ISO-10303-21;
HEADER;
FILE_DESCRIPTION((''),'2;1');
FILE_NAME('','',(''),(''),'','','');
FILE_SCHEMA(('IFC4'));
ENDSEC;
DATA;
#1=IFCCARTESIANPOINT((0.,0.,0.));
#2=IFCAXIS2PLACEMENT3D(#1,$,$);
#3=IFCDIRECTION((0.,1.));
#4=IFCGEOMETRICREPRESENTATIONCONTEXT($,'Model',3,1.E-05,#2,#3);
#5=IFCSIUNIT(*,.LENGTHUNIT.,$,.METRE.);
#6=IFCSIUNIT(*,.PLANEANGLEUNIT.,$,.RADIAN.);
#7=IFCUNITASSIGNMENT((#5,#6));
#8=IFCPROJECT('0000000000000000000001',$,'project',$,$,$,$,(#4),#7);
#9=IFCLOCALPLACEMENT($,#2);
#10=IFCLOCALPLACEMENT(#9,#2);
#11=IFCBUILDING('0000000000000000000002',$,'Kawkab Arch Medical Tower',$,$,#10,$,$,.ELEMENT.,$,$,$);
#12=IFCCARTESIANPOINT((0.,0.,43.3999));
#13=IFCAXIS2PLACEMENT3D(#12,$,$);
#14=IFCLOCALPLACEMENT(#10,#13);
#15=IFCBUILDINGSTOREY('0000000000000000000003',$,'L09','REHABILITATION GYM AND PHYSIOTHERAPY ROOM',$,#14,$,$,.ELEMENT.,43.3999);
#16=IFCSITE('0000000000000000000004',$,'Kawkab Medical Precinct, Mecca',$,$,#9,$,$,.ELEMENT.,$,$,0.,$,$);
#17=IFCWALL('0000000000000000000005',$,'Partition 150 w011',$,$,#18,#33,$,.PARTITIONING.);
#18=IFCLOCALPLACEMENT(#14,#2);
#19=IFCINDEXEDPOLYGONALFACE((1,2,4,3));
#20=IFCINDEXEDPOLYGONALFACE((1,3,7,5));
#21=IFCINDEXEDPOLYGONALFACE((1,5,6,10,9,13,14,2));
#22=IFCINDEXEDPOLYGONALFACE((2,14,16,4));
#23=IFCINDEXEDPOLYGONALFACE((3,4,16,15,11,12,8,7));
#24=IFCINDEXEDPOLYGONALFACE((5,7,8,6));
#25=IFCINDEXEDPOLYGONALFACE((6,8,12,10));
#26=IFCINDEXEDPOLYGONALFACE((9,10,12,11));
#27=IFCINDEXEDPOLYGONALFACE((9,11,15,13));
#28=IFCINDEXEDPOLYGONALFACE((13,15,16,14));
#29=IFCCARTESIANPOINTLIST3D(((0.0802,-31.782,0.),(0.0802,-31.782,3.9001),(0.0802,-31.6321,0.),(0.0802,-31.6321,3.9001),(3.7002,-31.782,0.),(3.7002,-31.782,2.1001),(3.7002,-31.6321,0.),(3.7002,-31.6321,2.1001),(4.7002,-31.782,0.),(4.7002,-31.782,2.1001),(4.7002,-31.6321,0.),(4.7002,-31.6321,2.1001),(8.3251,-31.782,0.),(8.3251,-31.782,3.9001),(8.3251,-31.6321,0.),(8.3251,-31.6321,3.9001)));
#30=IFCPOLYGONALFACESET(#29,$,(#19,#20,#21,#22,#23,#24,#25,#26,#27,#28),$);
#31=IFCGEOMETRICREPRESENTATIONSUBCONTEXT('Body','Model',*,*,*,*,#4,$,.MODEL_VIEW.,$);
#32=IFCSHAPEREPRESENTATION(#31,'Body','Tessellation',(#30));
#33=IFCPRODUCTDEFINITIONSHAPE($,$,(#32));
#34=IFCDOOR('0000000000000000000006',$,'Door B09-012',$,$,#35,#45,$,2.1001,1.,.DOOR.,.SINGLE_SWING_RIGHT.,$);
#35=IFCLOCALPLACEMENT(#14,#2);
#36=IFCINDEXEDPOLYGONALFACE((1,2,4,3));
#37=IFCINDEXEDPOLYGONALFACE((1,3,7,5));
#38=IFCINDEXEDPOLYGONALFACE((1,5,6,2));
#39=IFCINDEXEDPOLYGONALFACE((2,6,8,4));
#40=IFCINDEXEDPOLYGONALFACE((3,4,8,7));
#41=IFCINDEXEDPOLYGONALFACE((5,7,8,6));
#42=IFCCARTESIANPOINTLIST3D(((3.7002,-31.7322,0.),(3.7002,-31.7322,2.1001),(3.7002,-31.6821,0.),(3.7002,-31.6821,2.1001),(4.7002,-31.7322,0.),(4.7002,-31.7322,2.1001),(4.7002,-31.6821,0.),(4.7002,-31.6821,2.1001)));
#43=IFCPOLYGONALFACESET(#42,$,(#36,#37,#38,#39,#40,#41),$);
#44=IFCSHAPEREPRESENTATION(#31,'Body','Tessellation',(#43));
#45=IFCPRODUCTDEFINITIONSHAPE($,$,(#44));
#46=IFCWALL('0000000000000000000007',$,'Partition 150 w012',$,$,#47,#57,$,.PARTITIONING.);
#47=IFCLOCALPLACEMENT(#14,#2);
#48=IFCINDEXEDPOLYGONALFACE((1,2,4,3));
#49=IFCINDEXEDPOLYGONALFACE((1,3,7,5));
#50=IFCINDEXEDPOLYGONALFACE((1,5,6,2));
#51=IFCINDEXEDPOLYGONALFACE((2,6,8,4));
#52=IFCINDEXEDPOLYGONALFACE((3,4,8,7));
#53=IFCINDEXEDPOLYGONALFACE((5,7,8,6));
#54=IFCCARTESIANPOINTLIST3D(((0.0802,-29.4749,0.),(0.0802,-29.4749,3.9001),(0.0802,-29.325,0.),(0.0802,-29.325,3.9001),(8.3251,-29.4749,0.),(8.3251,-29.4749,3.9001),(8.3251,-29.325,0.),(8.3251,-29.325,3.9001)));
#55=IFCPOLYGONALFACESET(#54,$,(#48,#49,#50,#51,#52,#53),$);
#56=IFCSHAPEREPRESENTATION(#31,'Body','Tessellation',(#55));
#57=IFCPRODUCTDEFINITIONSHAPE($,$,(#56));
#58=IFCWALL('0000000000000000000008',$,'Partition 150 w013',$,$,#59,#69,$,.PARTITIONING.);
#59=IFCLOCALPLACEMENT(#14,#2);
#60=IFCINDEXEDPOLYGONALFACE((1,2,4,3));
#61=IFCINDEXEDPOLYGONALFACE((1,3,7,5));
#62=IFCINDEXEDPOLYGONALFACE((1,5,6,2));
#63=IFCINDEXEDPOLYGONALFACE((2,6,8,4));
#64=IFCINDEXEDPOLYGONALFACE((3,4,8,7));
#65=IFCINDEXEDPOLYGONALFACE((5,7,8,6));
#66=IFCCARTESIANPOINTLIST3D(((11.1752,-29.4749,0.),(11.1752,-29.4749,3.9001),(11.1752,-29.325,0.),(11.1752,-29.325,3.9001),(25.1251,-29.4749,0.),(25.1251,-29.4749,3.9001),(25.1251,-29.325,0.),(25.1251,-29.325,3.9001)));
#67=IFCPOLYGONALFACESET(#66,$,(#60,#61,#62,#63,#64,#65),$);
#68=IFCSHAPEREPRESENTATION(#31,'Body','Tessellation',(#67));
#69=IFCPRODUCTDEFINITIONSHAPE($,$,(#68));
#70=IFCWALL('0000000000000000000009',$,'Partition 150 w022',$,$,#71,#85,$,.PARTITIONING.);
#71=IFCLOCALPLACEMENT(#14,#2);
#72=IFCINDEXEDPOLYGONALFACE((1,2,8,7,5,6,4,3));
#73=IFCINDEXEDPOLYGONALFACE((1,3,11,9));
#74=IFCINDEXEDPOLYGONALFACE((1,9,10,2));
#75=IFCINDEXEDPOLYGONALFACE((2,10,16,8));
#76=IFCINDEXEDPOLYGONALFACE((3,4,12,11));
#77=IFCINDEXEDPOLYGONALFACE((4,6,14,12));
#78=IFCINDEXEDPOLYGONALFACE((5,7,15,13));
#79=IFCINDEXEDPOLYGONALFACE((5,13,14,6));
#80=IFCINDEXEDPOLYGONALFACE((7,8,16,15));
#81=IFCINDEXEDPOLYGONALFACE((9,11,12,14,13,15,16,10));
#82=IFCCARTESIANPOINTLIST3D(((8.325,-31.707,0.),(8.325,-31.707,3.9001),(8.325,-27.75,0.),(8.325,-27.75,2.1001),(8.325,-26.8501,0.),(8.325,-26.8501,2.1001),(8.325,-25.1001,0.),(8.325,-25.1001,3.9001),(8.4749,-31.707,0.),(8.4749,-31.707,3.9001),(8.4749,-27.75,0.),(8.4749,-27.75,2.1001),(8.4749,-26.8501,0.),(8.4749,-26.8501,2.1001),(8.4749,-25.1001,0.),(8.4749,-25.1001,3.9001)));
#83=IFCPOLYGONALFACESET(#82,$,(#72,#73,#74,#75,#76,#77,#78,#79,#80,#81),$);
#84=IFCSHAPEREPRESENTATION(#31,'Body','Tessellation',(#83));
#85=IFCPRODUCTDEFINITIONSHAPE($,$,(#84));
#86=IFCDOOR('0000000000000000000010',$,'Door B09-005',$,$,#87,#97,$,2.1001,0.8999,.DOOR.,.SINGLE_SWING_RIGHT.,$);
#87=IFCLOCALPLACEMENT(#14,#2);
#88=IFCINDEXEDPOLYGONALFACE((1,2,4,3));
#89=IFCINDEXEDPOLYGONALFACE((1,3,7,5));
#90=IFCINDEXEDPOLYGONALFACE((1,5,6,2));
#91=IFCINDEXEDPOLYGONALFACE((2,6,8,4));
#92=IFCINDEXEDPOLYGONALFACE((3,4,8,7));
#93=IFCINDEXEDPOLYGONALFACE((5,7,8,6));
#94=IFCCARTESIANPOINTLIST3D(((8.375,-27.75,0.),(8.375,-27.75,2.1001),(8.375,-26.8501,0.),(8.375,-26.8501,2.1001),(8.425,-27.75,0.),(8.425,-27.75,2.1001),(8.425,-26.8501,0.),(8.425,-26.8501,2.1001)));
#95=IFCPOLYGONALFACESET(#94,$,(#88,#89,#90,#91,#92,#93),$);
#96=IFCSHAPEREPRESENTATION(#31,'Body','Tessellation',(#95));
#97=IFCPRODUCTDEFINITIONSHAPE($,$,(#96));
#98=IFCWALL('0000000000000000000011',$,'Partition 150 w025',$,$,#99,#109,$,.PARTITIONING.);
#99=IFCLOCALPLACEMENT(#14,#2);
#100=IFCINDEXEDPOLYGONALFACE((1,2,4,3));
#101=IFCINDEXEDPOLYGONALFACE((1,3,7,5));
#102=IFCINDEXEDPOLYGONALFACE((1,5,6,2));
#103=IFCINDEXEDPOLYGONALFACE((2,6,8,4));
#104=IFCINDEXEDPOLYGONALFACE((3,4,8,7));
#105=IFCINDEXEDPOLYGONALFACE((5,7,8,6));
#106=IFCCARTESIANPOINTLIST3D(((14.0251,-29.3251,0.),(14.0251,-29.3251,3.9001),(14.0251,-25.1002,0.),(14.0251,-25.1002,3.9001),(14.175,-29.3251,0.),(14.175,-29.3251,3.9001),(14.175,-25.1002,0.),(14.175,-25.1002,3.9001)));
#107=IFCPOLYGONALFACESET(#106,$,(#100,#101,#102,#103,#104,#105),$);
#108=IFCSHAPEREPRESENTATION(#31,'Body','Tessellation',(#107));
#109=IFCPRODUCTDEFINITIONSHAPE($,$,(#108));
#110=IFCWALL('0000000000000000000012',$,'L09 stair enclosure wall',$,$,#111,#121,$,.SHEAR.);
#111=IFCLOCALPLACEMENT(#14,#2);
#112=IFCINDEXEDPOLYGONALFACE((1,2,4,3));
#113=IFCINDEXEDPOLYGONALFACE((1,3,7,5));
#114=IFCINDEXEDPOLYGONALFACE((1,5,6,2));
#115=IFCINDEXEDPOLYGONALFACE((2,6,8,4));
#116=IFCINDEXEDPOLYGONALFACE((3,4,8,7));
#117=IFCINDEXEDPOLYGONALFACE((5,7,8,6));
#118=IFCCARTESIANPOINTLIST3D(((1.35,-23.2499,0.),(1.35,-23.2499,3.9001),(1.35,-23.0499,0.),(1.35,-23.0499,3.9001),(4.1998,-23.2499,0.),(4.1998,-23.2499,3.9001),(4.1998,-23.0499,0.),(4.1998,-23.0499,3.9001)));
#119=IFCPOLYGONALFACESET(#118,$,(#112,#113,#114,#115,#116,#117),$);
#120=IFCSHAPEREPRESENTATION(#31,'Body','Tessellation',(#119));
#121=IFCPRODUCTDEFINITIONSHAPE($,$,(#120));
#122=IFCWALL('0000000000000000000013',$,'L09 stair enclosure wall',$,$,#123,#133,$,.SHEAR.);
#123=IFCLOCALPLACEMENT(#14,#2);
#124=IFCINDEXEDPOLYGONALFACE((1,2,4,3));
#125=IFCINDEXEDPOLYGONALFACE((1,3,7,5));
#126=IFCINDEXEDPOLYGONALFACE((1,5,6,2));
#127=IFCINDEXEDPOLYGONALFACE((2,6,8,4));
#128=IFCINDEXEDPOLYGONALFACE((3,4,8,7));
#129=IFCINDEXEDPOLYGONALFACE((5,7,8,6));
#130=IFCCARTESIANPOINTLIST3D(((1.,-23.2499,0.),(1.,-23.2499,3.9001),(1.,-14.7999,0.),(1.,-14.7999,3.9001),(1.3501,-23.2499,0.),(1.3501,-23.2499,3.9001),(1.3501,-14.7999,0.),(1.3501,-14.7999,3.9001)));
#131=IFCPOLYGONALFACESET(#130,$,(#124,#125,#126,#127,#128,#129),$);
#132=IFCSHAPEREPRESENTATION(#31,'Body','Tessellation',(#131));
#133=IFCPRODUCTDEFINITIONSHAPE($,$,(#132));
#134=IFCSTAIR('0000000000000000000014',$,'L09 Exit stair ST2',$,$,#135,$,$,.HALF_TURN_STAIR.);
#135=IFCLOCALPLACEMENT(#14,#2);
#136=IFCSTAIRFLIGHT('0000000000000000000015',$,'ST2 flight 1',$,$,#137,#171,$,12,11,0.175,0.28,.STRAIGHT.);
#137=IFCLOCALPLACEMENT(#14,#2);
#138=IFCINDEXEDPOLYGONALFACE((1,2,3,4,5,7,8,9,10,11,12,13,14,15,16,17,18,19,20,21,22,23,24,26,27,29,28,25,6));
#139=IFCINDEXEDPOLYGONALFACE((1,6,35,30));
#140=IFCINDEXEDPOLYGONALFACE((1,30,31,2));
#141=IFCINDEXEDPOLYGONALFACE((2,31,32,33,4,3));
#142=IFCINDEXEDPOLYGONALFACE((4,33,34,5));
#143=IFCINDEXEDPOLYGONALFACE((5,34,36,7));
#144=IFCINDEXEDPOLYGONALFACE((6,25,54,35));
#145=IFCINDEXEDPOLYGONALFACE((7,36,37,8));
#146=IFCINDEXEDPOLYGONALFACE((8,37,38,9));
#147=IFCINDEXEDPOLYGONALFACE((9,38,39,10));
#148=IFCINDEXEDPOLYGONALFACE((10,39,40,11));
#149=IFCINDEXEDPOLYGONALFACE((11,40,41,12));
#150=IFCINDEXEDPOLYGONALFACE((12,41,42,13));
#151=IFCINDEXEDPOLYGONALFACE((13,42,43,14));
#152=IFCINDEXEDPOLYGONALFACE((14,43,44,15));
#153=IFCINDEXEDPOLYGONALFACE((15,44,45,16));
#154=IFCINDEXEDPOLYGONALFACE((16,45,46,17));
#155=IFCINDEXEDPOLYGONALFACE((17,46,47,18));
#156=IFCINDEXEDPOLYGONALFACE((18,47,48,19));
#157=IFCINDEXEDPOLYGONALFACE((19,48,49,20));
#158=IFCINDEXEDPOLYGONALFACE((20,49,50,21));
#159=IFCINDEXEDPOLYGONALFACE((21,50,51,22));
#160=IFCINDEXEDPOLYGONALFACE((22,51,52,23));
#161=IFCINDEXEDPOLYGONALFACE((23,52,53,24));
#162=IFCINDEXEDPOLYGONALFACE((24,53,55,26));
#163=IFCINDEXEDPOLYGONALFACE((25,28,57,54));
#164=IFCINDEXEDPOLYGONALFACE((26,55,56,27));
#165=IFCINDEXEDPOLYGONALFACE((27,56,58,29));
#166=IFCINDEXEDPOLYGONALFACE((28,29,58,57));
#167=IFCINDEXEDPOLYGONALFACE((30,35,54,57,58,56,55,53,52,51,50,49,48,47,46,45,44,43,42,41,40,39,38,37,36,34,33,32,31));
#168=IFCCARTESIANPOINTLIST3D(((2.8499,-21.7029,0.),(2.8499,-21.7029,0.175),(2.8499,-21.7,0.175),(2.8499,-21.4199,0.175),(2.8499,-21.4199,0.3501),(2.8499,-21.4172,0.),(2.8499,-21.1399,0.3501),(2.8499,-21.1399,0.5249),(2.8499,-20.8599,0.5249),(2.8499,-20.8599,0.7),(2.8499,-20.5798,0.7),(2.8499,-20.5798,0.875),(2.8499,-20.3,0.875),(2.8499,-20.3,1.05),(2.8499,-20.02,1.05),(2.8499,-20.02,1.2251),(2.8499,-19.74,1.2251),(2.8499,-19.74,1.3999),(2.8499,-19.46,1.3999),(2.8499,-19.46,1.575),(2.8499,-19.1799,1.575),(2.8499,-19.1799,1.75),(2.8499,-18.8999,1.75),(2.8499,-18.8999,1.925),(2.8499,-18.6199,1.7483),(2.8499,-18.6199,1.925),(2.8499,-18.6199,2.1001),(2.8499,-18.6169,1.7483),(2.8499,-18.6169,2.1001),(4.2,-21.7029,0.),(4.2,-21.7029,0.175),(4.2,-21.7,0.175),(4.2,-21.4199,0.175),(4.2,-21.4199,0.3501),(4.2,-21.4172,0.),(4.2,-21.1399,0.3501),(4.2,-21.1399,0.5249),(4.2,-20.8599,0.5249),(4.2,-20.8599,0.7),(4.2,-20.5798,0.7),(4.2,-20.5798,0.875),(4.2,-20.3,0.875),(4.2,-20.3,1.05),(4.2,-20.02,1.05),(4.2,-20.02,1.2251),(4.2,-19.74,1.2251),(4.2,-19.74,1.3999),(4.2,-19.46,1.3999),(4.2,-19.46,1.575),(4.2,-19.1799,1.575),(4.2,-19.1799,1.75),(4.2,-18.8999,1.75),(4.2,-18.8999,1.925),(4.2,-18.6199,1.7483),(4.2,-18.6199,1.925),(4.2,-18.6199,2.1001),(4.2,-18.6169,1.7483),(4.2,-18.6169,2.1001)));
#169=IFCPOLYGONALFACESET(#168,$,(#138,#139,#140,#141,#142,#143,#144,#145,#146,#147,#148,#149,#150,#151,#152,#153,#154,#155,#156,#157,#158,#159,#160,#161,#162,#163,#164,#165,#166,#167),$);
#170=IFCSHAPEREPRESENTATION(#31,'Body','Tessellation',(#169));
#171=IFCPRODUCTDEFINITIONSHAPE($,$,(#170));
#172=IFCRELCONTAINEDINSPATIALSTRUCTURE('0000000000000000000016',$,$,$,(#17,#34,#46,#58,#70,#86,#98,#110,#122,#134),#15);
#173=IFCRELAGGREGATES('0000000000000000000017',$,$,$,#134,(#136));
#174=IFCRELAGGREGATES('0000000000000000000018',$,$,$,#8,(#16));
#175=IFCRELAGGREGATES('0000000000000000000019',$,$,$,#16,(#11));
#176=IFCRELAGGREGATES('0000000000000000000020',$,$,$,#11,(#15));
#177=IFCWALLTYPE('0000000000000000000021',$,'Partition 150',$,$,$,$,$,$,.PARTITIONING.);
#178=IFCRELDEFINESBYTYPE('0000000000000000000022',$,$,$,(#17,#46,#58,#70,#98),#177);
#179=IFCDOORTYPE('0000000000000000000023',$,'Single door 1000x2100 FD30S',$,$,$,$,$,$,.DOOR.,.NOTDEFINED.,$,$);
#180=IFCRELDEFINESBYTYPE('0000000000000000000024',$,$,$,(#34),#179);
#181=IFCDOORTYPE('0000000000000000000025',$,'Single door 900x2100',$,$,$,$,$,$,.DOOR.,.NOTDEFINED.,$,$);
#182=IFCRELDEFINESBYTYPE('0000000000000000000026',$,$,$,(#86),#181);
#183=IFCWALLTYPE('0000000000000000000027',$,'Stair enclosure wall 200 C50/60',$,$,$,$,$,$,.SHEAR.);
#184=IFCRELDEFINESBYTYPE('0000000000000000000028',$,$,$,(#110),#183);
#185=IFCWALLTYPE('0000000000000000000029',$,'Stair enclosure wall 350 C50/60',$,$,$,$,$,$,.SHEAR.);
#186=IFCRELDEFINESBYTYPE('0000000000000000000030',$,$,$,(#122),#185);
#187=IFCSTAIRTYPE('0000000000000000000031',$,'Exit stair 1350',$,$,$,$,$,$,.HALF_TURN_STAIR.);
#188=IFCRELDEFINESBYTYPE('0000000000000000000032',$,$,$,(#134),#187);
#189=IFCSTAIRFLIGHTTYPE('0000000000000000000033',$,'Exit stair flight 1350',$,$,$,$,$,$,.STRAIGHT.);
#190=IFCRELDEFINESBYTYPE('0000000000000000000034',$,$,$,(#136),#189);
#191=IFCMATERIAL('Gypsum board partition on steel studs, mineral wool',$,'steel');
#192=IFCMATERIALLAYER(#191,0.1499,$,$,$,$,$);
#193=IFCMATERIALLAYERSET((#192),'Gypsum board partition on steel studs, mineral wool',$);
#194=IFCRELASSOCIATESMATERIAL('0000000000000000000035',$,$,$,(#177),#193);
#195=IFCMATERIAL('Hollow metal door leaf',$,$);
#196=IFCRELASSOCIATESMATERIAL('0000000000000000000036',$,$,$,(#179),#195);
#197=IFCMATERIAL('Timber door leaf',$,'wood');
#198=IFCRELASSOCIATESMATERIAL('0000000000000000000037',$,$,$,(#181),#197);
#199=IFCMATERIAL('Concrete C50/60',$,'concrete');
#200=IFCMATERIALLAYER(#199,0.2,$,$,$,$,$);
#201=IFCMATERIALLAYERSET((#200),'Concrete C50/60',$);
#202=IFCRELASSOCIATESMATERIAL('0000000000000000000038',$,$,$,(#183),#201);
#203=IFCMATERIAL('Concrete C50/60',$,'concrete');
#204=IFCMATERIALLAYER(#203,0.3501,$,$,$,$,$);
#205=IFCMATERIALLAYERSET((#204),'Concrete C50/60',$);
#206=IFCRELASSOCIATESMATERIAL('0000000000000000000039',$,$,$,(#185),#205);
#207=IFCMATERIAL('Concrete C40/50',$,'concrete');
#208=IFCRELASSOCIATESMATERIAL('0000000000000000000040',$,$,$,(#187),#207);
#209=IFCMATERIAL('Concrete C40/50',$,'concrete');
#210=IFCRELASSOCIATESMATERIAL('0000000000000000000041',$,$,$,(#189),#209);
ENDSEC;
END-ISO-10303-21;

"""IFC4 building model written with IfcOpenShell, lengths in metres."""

from ifc_helpers import new_model, si_unit, direction, frame, frame_2d, origin, place, context, subcontext, project, spatial, polyline, rectangle, outline, extrude, material, layer, layer_set, type_object, element, fill, aggregate, save


model = new_model("IFC4")

# Units and contexts
model_context = context("Model", 3, precision=1e-05, world=origin(), true_north=direction((0.0, 1.0)))
body_context = subcontext(model_context, "Body", "Model", "MODEL_VIEW")
ifc_project = project(units=[si_unit("LENGTHUNIT", "METRE"), si_unit("PLANEANGLEUNIT", "RADIAN")], contexts=[model_context])

# Site, building, storey
site_placement = place(None, origin())
site = spatial("IfcSite", under=ifc_project, at=site_placement, Name="Kawkab Medical Precinct, Mecca", CompositionType="ELEMENT", RefElevation=0.0)
building_placement = place(site_placement, origin())
building = spatial("IfcBuilding", under=site, at=building_placement, Name="Kawkab Arch Medical Tower", CompositionType="ELEMENT")
storey_placement = place(building_placement, frame((0.0, 0.0, 43.3999)))
storey = spatial("IfcBuildingStorey", under=building, at=storey_placement, Name="L09", Description="REHABILITATION GYM AND PHYSIOTHERAPY ROOM", CompositionType="ELEMENT", Elevation=43.3999)

# Wall, opening, door
ifc_material_1 = material(Name="Gypsum board partition on steel studs, mineral wool", Category="steel")
ifc_layer_1 = layer(ifc_material_1, 0.1499)
ifc_layer_set_1 = layer_set([ifc_layer_1], Name="Gypsum board partition on steel studs, mineral wool")
wall_type_1 = type_object("IfcWallType", Name="Partition 150", PredefinedType="PARTITIONING", material=ifc_layer_set_1)
wall_1_placement = place(storey_placement, frame((0.0801, -31.707, 0.0), z_axis=(0.0, 0.0, 1.0), x_axis=(1.0, 0.0, 0.0)))
wall_1 = element("IfcWall", 1, at=wall_1_placement, inside=storey, type_object=wall_type_1, Name="Partition 150 w011", PredefinedType="PARTITIONING", context=body_context, shape_type="SweptSolid", body=[
    extrude(rectangle(XDim=8.2449, YDim=0.1499, at=frame_2d((4.1226, 0.0))), origin(), (0.0, 0.0, 1.0), 3.9001),
])
opening_1_placement = place(wall_1_placement, frame((3.6201, 0.0, 0.0)))
opening_1 = element("IfcOpeningElement", 2, at=opening_1_placement, cuts=wall_1, PredefinedType="OPENING", context=body_context, shape_type="SweptSolid", body=[
    extrude(rectangle(XDim=1.0, YDim=2.1001, at=frame_2d((0.5, 1.05))), frame((0.0, 0.085, 0.0), z_axis=(0.0, -1.0, 0.0), x_axis=(1.0, 0.0, 0.0)), (0.0, 0.0, 1.0), 0.1699),
])
ifc_material_2 = material(Name="Hollow metal door leaf")
door_type_1 = type_object("IfcDoorType", Name="Single door 1000x2100 FD30S", OperationType="NOTDEFINED", PredefinedType="DOOR", material=ifc_material_2)
door_1_placement = place(opening_1_placement, origin())
door_1 = element("IfcDoor", 3, at=door_1_placement, inside=storey, type_object=door_type_1, Name="Door B09-012", OperationType="SINGLE_SWING_RIGHT", OverallHeight=2.1001, OverallWidth=1.0, PredefinedType="DOOR", context=body_context, shape_type="SweptSolid", body=[
    extrude(rectangle(XDim=1.0, YDim=2.1001, at=frame_2d((0.5, 1.05))), frame((0.0, 0.0249, 0.0), z_axis=(0.0, -1.0, 0.0), x_axis=(1.0, 0.0, 0.0)), (0.0, 0.0, 1.0), 0.05),
])
fill(opening_1, door_1)

# Walls
wall_2_placement = place(storey_placement, frame((0.0801, -29.3999, 0.0), z_axis=(0.0, 0.0, 1.0), x_axis=(1.0, 0.0, 0.0)))
element("IfcWall", 4, at=wall_2_placement, inside=storey, type_object=wall_type_1, Name="Partition 150 w012", PredefinedType="PARTITIONING", context=body_context, shape_type="SweptSolid", body=[
    extrude(rectangle(XDim=8.2449, YDim=0.1499, at=frame_2d((4.1226, 0.0))), origin(), (0.0, 0.0, 1.0), 3.9001),
])
wall_3_placement = place(storey_placement, frame((11.175, -29.3999, 0.0), z_axis=(0.0, 0.0, 1.0), x_axis=(1.0, 0.0, 0.0)))
element("IfcWall", 5, at=wall_3_placement, inside=storey, type_object=wall_type_1, Name="Partition 150 w013", PredefinedType="PARTITIONING", context=body_context, shape_type="SweptSolid", body=[
    extrude(rectangle(XDim=13.95, YDim=0.1499, at=frame_2d((6.9751, 0.0))), origin(), (0.0, 0.0, 1.0), 3.9001),
])

# Wall, opening, door
wall_4_placement = place(storey_placement, frame((8.3999, -31.707, 0.0), z_axis=(0.0, 0.0, 1.0), x_axis=(0.0, 1.0, 0.0)))
wall_4 = element("IfcWall", 6, at=wall_4_placement, inside=storey, type_object=wall_type_1, Name="Partition 150 w022", PredefinedType="PARTITIONING", context=body_context, shape_type="SweptSolid", body=[
    extrude(rectangle(XDim=6.6069, YDim=0.1499, at=frame_2d((3.3035, 0.0))), origin(), (0.0, 0.0, 1.0), 3.9001),
])
opening_2_placement = place(wall_4_placement, frame((3.957, 0.0, 0.0)))
opening_2 = element("IfcOpeningElement", 7, at=opening_2_placement, cuts=wall_4, PredefinedType="OPENING", context=body_context, shape_type="SweptSolid", body=[
    extrude(rectangle(XDim=0.8999, YDim=2.1001, at=frame_2d((0.45, 1.05))), frame((0.0, 0.085, 0.0), z_axis=(0.0, -1.0, 0.0), x_axis=(1.0, 0.0, 0.0)), (0.0, 0.0, 1.0), 0.1699),
])
ifc_material_3 = material(Name="Timber door leaf", Category="wood")
door_type_2 = type_object("IfcDoorType", Name="Single door 900x2100", OperationType="NOTDEFINED", PredefinedType="DOOR", material=ifc_material_3)
door_2_placement = place(opening_2_placement, origin())
door_2 = element("IfcDoor", 8, at=door_2_placement, inside=storey, type_object=door_type_2, Name="Door B09-005", OperationType="SINGLE_SWING_RIGHT", OverallHeight=2.1001, OverallWidth=0.8999, PredefinedType="DOOR", context=body_context, shape_type="SweptSolid", body=[
    extrude(rectangle(XDim=0.8999, YDim=2.1001, at=frame_2d((0.45, 1.05))), frame((0.0, 0.0249, 0.0), z_axis=(0.0, -1.0, 0.0), x_axis=(1.0, 0.0, 0.0)), (0.0, 0.0, 1.0), 0.05),
])
fill(opening_2, door_2)

# Walls
wall_5_placement = place(storey_placement, frame((14.1001, -29.325, 0.0), z_axis=(0.0, 0.0, 1.0), x_axis=(0.0, 1.0, 0.0)))
element("IfcWall", 9, at=wall_5_placement, inside=storey, type_object=wall_type_1, Name="Partition 150 w025", PredefinedType="PARTITIONING", context=body_context, shape_type="SweptSolid", body=[
    extrude(rectangle(XDim=4.2249, YDim=0.1499, at=frame_2d((2.1123, 0.0))), origin(), (0.0, 0.0, 1.0), 3.9001),
])
ifc_material_4 = material(Name="Concrete C50/60", Category="concrete")
ifc_layer_2 = layer(ifc_material_4, 0.2)
ifc_layer_set_2 = layer_set([ifc_layer_2], Name="Concrete C50/60")
wall_type_2 = type_object("IfcWallType", Name="Stair enclosure wall 200 C50/60", PredefinedType="SHEAR", material=ifc_layer_set_2)
wall_6_placement = place(storey_placement, frame((1.3501, -23.1499, 0.0), z_axis=(0.0, 0.0, 1.0), x_axis=(1.0, 0.0, 0.0)))
element("IfcWall", 10, at=wall_6_placement, inside=storey, type_object=wall_type_2, Name="L09 stair enclosure wall", PredefinedType="SHEAR", context=body_context, shape_type="SweptSolid", body=[
    extrude(rectangle(XDim=2.8499, YDim=0.2, at=frame_2d((1.4248, 0.0))), origin(), (0.0, 0.0, 1.0), 3.9001),
])
ifc_material_5 = material(Name="Concrete C50/60", Category="concrete")
ifc_layer_3 = layer(ifc_material_5, 0.3501)
ifc_layer_set_3 = layer_set([ifc_layer_3], Name="Concrete C50/60")
wall_type_3 = type_object("IfcWallType", Name="Stair enclosure wall 350 C50/60", PredefinedType="SHEAR", material=ifc_layer_set_3)
wall_7_placement = place(storey_placement, frame((1.175, -23.25, 0.0), z_axis=(0.0, 0.0, 1.0), x_axis=(0.0, 1.0, 0.0)))
element("IfcWall", 11, at=wall_7_placement, inside=storey, type_object=wall_type_3, Name="L09 stair enclosure wall", PredefinedType="SHEAR", context=body_context, shape_type="SweptSolid", body=[
    extrude(rectangle(XDim=8.45, YDim=0.3501, at=frame_2d((4.2251, 0.0))), origin(), (0.0, 0.0, 1.0), 3.9001),
])

# Stair, stair flight
ifc_material_6 = material(Name="Concrete C40/50", Category="concrete")
stair_type = type_object("IfcStairType", Name="Exit stair 1350", PredefinedType="HALF_TURN_STAIR", material=ifc_material_6)
stair_placement = place(storey_placement, origin())
stair = element("IfcStair", 12, at=stair_placement, inside=storey, type_object=stair_type, Name="L09 Exit stair ST2", PredefinedType="HALF_TURN_STAIR")
ifc_material_7 = material(Name="Concrete C40/50", Category="concrete")
stair_flight_type = type_object("IfcStairFlightType", Name="Exit stair flight 1350", PredefinedType="STRAIGHT", material=ifc_material_7)
stair_flight_placement = place(storey_placement, frame((3.5249, -21.7, 0.0), z_axis=(0.0, 0.0, 1.0), x_axis=(0.0, 1.0, 0.0)))
stair_flight = element("IfcStairFlight", 13, at=stair_flight_placement, type_object=stair_flight_type, Name="ST2 flight 1", NumberOfRisers=12, NumberOfTreads=11, PredefinedType="STRAIGHT", RiserHeight=0.175, TreadLength=0.28, context=body_context, shape_type="SweptSolid", body=[
    extrude(outline(polyline([(-0.0029, 0.0), (-0.0029, 0.175), (0.0, 0.175), (0.28, 0.175), (0.28, 0.3501), (0.5601, 0.3501), (0.5601, 0.5249), (0.8401, 0.5249), (0.8401, 0.7), (1.1201, 0.7), (1.1201, 0.875), (1.3999, 0.875), (1.3999, 1.05), (1.6799, 1.05), (1.6799, 1.2251), (1.96, 1.2251), (1.96, 1.3999), (2.24, 1.3999), (2.24, 1.575), (2.52, 1.575), (2.52, 1.75), (2.8, 1.75), (2.8, 1.925), (3.0801, 1.925), (3.0801, 2.1001), (3.083, 2.1001), (3.083, 1.7483), (3.0801, 1.7483), (0.2827, 0.0), (-0.0029, 0.0)])), frame((0.0, 0.675, 0.0), z_axis=(0.0, -1.0, 0.0), x_axis=(1.0, 0.0, 0.0)), (0.0, 0.0, 1.0), 1.3501),
])
aggregate(stair, [stair_flight])

save(model, "model.ifc")
